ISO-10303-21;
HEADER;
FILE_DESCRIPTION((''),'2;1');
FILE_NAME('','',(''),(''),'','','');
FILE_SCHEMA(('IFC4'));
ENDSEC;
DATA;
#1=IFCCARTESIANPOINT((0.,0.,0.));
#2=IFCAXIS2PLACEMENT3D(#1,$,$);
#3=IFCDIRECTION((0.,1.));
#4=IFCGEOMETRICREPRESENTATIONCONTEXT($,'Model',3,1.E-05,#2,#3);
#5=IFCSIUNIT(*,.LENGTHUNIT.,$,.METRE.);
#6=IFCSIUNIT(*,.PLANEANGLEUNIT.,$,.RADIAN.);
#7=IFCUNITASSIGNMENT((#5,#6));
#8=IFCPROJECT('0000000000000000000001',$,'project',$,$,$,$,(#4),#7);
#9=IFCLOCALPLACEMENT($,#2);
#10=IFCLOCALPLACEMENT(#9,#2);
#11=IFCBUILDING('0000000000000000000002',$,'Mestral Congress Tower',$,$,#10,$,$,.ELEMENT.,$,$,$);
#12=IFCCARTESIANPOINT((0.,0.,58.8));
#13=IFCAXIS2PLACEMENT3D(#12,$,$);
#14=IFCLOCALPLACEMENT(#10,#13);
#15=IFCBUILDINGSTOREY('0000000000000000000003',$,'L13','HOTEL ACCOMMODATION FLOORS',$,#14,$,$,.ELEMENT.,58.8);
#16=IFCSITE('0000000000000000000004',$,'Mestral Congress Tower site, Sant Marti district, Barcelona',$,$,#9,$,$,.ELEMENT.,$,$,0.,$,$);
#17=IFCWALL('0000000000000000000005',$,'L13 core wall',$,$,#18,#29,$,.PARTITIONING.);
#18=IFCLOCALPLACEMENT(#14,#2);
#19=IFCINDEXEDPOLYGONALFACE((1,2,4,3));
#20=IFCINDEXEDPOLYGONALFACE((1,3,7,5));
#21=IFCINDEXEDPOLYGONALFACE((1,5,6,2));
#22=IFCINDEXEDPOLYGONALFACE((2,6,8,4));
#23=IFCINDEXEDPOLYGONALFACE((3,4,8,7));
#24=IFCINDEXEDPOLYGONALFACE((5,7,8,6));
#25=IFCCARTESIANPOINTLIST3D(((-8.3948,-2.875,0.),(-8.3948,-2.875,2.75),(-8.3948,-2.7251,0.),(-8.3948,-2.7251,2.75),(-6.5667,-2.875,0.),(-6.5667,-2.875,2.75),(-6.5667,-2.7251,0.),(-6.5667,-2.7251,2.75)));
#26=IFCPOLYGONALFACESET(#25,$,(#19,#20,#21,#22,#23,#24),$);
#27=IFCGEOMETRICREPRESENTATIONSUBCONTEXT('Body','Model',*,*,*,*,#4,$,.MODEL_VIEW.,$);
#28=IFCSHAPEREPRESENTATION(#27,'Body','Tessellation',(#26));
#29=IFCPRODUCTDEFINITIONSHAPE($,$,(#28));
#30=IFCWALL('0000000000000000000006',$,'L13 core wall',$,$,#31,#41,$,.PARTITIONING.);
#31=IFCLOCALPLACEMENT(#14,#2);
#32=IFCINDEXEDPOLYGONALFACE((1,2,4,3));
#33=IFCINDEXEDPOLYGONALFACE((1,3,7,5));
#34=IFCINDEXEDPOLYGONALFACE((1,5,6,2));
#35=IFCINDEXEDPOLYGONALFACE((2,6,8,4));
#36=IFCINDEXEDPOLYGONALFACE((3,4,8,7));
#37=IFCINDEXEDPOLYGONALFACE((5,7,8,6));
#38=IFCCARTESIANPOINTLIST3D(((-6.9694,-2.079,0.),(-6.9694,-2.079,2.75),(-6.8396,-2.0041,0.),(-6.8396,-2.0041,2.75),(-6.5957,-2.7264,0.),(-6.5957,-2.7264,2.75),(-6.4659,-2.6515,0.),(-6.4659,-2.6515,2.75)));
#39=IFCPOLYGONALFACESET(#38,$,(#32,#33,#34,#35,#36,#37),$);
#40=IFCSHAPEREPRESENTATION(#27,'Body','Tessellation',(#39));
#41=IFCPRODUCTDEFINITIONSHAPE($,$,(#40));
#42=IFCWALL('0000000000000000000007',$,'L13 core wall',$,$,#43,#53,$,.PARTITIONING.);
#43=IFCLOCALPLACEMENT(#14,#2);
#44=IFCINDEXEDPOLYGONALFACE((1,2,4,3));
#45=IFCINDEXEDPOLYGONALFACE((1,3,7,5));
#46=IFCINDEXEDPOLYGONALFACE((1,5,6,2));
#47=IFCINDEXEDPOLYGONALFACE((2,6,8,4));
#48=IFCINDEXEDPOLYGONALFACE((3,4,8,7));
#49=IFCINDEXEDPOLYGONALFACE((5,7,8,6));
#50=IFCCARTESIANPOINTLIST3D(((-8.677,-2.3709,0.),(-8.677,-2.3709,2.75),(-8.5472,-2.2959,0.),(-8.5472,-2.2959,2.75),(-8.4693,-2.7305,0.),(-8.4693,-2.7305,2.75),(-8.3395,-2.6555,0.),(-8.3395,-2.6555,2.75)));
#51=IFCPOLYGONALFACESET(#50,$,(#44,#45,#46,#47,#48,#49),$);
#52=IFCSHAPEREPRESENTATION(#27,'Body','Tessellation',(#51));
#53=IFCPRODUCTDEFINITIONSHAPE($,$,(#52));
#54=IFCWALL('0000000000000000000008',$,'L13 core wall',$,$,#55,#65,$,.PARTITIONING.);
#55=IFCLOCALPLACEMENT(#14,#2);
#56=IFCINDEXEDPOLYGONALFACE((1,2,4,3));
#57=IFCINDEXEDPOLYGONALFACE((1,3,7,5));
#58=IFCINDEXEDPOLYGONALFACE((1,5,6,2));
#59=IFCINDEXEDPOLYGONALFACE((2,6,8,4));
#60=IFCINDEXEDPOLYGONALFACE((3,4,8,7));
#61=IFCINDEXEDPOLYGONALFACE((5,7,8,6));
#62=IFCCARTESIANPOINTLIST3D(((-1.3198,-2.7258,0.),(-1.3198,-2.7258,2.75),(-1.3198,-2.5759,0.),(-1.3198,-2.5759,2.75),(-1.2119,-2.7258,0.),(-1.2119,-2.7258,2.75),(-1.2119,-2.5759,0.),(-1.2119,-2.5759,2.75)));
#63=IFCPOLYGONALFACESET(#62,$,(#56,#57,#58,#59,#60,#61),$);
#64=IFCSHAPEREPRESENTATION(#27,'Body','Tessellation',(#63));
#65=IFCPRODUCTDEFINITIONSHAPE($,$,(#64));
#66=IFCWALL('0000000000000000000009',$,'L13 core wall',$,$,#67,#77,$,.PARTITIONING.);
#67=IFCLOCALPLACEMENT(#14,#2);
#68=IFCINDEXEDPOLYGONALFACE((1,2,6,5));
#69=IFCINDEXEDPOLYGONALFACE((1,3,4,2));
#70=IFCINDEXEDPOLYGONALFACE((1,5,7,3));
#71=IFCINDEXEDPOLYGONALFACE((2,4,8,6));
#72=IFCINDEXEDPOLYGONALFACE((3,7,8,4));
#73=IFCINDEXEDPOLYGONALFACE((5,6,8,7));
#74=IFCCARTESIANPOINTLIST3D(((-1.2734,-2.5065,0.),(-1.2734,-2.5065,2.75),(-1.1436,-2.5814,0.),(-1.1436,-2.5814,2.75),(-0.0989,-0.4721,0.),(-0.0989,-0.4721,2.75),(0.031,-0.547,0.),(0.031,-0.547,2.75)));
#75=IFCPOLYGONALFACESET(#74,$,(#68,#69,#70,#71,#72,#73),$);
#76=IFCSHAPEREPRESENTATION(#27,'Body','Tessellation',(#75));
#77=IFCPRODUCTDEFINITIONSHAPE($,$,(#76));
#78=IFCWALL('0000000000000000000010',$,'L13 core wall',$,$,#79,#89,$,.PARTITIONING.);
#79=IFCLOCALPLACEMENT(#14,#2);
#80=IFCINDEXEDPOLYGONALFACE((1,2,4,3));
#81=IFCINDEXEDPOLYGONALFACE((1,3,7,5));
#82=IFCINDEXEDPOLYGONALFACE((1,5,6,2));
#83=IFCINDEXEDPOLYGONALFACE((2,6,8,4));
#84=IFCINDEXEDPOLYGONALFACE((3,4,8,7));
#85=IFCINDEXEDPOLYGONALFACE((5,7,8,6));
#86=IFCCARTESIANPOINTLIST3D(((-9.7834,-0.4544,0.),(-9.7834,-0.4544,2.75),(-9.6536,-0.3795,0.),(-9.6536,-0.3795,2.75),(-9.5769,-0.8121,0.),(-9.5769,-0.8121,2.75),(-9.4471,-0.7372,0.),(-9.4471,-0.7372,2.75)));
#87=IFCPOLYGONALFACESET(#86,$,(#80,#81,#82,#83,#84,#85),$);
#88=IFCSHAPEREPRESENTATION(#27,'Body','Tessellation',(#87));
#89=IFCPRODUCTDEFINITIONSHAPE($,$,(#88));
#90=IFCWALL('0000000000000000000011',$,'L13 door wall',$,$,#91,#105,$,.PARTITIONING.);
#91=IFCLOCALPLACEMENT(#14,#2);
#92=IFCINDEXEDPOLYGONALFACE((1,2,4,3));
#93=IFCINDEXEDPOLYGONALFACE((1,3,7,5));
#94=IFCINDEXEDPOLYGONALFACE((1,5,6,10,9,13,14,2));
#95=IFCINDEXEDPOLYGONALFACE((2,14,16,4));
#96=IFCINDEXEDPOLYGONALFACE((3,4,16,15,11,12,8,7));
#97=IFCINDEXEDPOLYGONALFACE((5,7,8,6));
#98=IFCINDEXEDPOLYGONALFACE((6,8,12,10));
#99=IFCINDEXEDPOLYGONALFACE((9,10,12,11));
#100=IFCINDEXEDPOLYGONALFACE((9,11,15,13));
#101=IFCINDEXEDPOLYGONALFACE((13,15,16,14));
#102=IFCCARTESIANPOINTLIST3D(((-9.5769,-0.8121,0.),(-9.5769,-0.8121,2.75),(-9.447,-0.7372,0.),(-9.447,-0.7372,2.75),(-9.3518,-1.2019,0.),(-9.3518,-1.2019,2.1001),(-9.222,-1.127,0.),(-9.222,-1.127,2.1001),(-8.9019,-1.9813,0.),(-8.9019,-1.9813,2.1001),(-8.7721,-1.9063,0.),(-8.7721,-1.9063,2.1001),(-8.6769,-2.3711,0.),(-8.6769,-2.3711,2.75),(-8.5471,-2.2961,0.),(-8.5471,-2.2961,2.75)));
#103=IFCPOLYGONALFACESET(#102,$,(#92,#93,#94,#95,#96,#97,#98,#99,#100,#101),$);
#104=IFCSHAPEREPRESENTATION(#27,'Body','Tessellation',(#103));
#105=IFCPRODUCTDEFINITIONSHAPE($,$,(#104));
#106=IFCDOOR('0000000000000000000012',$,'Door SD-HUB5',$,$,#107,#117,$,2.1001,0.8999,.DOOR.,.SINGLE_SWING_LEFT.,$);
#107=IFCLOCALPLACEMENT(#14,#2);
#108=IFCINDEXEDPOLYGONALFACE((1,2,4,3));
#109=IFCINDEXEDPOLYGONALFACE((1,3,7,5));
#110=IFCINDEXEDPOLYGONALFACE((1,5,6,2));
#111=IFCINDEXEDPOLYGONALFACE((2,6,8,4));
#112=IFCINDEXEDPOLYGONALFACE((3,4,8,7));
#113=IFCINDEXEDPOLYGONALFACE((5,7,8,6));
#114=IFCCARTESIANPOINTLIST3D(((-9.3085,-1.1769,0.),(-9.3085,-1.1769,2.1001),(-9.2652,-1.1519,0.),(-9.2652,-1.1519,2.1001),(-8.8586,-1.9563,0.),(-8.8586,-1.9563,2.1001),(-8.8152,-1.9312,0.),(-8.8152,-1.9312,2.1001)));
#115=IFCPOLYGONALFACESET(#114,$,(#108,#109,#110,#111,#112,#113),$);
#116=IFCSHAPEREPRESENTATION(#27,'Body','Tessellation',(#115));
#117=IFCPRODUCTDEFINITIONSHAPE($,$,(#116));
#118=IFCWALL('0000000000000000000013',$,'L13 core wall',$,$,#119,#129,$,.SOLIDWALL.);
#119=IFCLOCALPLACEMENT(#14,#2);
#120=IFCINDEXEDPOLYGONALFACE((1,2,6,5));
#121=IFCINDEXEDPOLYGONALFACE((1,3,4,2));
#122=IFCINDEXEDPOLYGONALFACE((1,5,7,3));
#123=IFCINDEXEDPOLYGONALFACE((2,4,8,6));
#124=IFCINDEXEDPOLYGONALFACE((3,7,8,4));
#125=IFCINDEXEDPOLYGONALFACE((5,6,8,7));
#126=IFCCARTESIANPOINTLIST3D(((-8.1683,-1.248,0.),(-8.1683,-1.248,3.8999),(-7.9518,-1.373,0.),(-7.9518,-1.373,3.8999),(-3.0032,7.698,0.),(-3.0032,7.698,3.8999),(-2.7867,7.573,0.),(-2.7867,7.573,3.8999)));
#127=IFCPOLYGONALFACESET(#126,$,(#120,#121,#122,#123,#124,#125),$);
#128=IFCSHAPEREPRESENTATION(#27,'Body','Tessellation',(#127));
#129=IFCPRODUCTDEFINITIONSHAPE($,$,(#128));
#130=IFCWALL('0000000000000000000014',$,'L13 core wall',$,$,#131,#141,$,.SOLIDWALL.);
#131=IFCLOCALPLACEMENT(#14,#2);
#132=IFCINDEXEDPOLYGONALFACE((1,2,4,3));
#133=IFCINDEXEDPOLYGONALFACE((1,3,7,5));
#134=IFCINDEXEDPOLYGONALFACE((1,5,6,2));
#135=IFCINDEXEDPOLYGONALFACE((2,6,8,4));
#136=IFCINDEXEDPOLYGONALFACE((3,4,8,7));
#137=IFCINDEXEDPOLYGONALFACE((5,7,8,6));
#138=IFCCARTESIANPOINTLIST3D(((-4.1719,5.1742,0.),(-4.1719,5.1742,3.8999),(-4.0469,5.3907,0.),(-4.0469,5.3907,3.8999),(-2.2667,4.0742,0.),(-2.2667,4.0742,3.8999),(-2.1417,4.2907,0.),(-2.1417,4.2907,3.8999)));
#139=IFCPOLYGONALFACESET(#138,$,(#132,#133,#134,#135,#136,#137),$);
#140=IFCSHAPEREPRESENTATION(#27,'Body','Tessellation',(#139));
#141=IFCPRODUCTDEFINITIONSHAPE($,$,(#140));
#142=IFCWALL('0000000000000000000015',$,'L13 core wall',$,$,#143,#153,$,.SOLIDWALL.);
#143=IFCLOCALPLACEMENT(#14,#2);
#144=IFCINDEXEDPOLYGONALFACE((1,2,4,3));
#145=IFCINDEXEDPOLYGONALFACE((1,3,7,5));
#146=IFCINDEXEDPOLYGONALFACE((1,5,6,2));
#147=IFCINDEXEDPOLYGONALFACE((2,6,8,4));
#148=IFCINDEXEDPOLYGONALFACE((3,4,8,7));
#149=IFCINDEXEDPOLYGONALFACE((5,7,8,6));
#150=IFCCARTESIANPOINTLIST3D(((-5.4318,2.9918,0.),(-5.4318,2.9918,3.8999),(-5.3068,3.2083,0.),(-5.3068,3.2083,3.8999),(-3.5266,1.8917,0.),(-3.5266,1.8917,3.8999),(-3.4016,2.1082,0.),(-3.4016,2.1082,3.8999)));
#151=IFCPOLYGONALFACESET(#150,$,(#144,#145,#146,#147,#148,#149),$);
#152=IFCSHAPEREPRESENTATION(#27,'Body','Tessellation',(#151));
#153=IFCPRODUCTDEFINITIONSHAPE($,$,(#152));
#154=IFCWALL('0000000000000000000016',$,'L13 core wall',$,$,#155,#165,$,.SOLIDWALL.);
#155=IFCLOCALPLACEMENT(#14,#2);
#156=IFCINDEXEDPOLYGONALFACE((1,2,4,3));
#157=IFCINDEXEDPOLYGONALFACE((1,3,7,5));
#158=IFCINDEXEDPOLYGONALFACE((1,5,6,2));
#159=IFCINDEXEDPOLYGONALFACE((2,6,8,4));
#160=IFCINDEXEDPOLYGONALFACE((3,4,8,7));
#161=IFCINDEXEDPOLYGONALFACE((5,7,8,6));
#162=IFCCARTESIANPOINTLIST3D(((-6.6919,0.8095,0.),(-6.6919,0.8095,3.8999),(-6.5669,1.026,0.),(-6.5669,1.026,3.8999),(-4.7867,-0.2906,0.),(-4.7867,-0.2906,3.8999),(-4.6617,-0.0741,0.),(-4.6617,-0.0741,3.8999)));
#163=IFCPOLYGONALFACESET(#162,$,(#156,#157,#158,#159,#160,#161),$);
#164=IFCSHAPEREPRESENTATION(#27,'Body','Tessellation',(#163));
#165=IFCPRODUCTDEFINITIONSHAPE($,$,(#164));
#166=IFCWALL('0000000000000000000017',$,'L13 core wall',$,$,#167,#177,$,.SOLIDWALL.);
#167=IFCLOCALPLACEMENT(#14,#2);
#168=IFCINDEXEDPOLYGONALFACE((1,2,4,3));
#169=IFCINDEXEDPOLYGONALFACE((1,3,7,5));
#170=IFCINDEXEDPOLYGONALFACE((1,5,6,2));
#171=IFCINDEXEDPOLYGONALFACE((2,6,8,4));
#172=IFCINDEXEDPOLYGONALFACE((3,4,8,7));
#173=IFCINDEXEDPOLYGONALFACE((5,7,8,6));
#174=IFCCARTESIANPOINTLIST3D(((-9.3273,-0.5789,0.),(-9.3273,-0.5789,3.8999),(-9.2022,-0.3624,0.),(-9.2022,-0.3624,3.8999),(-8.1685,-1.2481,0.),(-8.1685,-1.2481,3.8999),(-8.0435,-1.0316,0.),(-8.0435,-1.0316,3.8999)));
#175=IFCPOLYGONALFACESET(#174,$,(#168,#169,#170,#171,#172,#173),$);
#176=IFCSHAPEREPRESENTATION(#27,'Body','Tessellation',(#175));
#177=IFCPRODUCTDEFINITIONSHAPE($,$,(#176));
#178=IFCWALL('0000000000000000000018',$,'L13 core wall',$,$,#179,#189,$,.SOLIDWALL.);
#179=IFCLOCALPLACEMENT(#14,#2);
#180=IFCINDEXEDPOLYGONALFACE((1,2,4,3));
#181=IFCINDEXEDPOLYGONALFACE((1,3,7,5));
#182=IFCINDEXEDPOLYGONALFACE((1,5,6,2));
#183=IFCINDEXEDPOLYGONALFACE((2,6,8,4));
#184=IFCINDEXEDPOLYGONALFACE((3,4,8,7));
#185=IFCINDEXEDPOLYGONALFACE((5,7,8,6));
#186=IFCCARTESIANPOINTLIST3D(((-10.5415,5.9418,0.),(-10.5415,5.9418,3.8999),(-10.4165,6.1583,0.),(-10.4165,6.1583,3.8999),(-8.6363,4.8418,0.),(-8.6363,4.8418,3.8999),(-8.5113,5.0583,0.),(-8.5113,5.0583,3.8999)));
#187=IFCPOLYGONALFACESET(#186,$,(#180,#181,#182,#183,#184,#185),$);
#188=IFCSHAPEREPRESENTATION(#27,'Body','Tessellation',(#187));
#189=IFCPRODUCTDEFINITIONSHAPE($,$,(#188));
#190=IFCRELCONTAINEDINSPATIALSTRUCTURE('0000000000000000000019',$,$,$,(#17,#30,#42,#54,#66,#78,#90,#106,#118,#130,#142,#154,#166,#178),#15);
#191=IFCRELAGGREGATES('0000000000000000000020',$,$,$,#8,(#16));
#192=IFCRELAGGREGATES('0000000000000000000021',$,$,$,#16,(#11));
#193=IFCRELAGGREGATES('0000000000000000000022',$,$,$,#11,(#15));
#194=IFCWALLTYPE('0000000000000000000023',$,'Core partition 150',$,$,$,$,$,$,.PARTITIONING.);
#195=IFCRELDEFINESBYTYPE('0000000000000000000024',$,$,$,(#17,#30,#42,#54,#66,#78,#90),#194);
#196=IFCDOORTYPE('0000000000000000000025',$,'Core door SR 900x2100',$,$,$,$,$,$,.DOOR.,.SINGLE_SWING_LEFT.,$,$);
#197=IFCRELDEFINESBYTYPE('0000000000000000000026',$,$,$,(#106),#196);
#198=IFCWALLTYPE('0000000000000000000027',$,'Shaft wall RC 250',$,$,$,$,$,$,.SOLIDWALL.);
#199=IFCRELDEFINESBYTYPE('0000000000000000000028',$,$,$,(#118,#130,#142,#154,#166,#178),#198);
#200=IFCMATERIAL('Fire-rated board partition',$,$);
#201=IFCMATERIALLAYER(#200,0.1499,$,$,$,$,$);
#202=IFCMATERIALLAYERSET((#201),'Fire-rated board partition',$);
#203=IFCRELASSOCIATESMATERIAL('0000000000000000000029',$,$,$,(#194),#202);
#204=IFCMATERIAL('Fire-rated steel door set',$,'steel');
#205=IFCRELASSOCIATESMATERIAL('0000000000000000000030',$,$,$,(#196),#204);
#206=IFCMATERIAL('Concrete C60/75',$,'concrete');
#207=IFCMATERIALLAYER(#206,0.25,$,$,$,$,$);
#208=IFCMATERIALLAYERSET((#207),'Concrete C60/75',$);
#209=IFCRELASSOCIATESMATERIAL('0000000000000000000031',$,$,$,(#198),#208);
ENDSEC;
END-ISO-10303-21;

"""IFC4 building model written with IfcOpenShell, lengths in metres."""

from ifc_helpers import new_model, si_unit, direction, frame, frame_2d, origin, place, context, subcontext, project, spatial, rectangle, extrude, material, layer, layer_set, type_object, element, fill, save


model = new_model("IFC4")

# Units and contexts
model_context = context("Model", 3, precision=1e-05, world=origin(), true_north=direction((0.0, 1.0)))
body_context = subcontext(model_context, "Body", "Model", "MODEL_VIEW")
ifc_project = project(units=[si_unit("LENGTHUNIT", "METRE"), si_unit("PLANEANGLEUNIT", "RADIAN")], contexts=[model_context])

# Site, building, storey
site_placement = place(None, origin())
site = spatial("IfcSite", under=ifc_project, at=site_placement, Name="Mestral Congress Tower site, Sant Marti district, Barcelona", CompositionType="ELEMENT", RefElevation=0.0)
building_placement = place(site_placement, origin())
building = spatial("IfcBuilding", under=site, at=building_placement, Name="Mestral Congress Tower", CompositionType="ELEMENT")
storey_placement = place(building_placement, frame((0.0, 0.0, 58.8)))
storey = spatial("IfcBuildingStorey", under=building, at=storey_placement, Name="L13", Description="HOTEL ACCOMMODATION FLOORS", CompositionType="ELEMENT", Elevation=58.8)

# Walls
ifc_material_1 = material(Name="Fire-rated board partition")
ifc_layer_1 = layer(ifc_material_1, 0.1499)
ifc_layer_set_1 = layer_set([ifc_layer_1], Name="Fire-rated board partition")
wall_type_1 = type_object("IfcWallType", Name="Core partition 150", PredefinedType="PARTITIONING", material=ifc_layer_set_1)
wall_1_placement = place(storey_placement, frame((-8.3948, -2.8, 0.0), z_axis=(0.0, 0.0, 1.0), x_axis=(1.0, 0.0, 0.0)))
element("IfcWall", 1, at=wall_1_placement, inside=storey, type_object=wall_type_1, Name="L13 core wall", PredefinedType="PARTITIONING", context=body_context, shape_type="SweptSolid", body=[
    extrude(rectangle(XDim=1.8281, YDim=0.1499, at=frame_2d((0.9141, 0.0))), origin(), (0.0, 0.0, 1.0), 2.75),
])
wall_2_placement = place(storey_placement, frame((-6.5308, -2.689, 0.0), z_axis=(0.0, 0.0, 1.0), x_axis=(-0.499967, 0.866044, 0.0)))
element("IfcWall", 2, at=wall_2_placement, inside=storey, type_object=wall_type_1, Name="L13 core wall", PredefinedType="PARTITIONING", context=body_context, shape_type="SweptSolid", body=[
    extrude(rectangle(XDim=0.7476, YDim=0.1499, at=frame_2d((0.3738, 0.0))), origin(), (0.0, 0.0, 1.0), 2.75),
])
wall_3_placement = place(storey_placement, frame((-8.6121, -2.3335, 0.0), z_axis=(0.0, 0.0, 1.0), x_axis=(0.500248, -0.865882, 0.0)))
element("IfcWall", 3, at=wall_3_placement, inside=storey, type_object=wall_type_1, Name="L13 core wall", PredefinedType="PARTITIONING", context=body_context, shape_type="SweptSolid", body=[
    extrude(rectangle(XDim=0.4153, YDim=0.1499, at=frame_2d((0.2075, 0.0))), origin(), (0.0, 0.0, 1.0), 2.75),
])
wall_4_placement = place(storey_placement, frame((-1.2119, -2.6509, 0.0), z_axis=(0.0, 0.0, 1.0), x_axis=(-1.0, 0.0, 0.0)))
element("IfcWall", 4, at=wall_4_placement, inside=storey, type_object=wall_type_1, Name="L13 core wall", PredefinedType="PARTITIONING", context=body_context, shape_type="SweptSolid", body=[
    extrude(rectangle(XDim=0.1079, YDim=0.1499, at=frame_2d((0.054, 0.0))), origin(), (0.0, 0.0, 1.0), 2.75),
])
wall_5_placement = place(storey_placement, frame((-1.2085, -2.5439, 0.0), z_axis=(0.0, 0.0, 1.0), x_axis=(0.499995, 0.866028, 0.0)))
element("IfcWall", 5, at=wall_5_placement, inside=storey, type_object=wall_type_1, Name="L13 core wall", PredefinedType="PARTITIONING", context=body_context, shape_type="SweptSolid", body=[
    extrude(rectangle(XDim=2.3491, YDim=0.1499, at=frame_2d((1.1746, 0.0))), origin(), (0.0, 0.0, 1.0), 2.75),
])
wall_6_placement = place(storey_placement, frame((-9.512, -0.7747, 0.0), z_axis=(0.0, 0.0, 1.0), x_axis=(-0.500081, 0.865979, 0.0)))
element("IfcWall", 6, at=wall_6_placement, inside=storey, type_object=wall_type_1, Name="L13 core wall", PredefinedType="PARTITIONING", context=body_context, shape_type="SweptSolid", body=[
    extrude(rectangle(XDim=0.4131, YDim=0.1499, at=frame_2d((0.2065, 0.0))), origin(), (0.0, 0.0, 1.0), 2.75),
])

# Wall, opening, door
wall_7_placement = place(storey_placement, frame((-8.6121, -2.3335, 0.0), z_axis=(0.0, 0.0, 1.0), x_axis=(-0.499961, 0.866048, 0.0)))
wall_7 = element("IfcWall", 7, at=wall_7_placement, inside=storey, type_object=wall_type_1, Name="L13 door wall", PredefinedType="PARTITIONING", context=body_context, shape_type="SweptSolid", body=[
    extrude(rectangle(XDim=1.8, YDim=0.1499, at=frame_2d((0.8999, 0.0))), origin(), (0.0, 0.0, 1.0), 2.75),
])
opening_placement = place(wall_7_placement, frame((0.45, 0.0, 0.0)))
opening = element("IfcOpeningElement", 8, at=opening_placement, cuts=wall_7, PredefinedType="OPENING", context=body_context, shape_type="SweptSolid", body=[
    extrude(rectangle(XDim=0.8999, YDim=2.1001, at=frame_2d((0.45, 1.05))), frame((0.0, 0.085, 0.0), z_axis=(0.0, -1.0, 0.0), x_axis=(1.0, 0.0, 0.0)), (0.0, 0.0, 1.0), 0.1699),
])
ifc_material_2 = material(Name="Fire-rated steel door set", Category="steel")
door_type = type_object("IfcDoorType", Name="Core door SR 900x2100", OperationType="SINGLE_SWING_LEFT", PredefinedType="DOOR", material=ifc_material_2)
door_placement = place(opening_placement, origin())
door = element("IfcDoor", 9, at=door_placement, inside=storey, type_object=door_type, Name="Door SD-HUB5", OperationType="SINGLE_SWING_LEFT", OverallHeight=2.1001, OverallWidth=0.8999, PredefinedType="DOOR", context=body_context, shape_type="SweptSolid", body=[
    extrude(rectangle(XDim=0.8999, YDim=2.1001, at=frame_2d((0.45, 1.05))), frame((0.0, 0.0249, 0.0), z_axis=(0.0, -1.0, 0.0), x_axis=(1.0, 0.0, 0.0)), (0.0, 0.0, 1.0), 0.05),
])
fill(opening, door)

# Walls
ifc_material_3 = material(Name="Concrete C60/75", Category="concrete")
ifc_layer_2 = layer(ifc_material_3, 0.25)
ifc_layer_set_2 = layer_set([ifc_layer_2], Name="Concrete C60/75")
wall_type_2 = type_object("IfcWallType", Name="Shaft wall RC 250", PredefinedType="SOLIDWALL", material=ifc_layer_set_2)
wall_8_placement = place(storey_placement, frame((-8.0601, -1.3105, 0.0), z_axis=(0.0, 0.0, 1.0), x_axis=(0.500003, 0.866024, 0.0)))
element("IfcWall", 10, at=wall_8_placement, inside=storey, type_object=wall_type_2, Name="L13 core wall", PredefinedType="SOLIDWALL", context=body_context, shape_type="SweptSolid", body=[
    extrude(rectangle(XDim=10.3301, YDim=0.25, at=frame_2d((5.165, 0.0))), origin(), (0.0, 0.0, 1.0), 3.8999),
])
for number, where, z_axis, x_axis, name in (
    (11, (-2.2041, 4.1824, 0.0), (0.0, 0.0, 1.0), (-0.866008, 0.50003, 0.0), "L13 core wall"),
    (12, (-5.3694, 3.1001, 0.0), (0.0, 0.0, 1.0), (0.866008, -0.50003, 0.0), "L13 core wall"),
    (13, (-4.7241, -0.1824, 0.0), (0.0, 0.0, 1.0), (-0.866008, 0.50003, 0.0), "L13 core wall"),
):
    element("IfcWall", number, at=place(storey_placement, frame(where, z_axis=z_axis, x_axis=x_axis)), inside=storey, type_object=wall_type_2, Name=name, PredefinedType="SOLIDWALL", context=body_context, shape_type="SweptSolid", body=[
        extrude(rectangle(XDim=2.2, YDim=0.25, at=frame_2d((1.1001, 0.0))), origin(), (0.0, 0.0, 1.0), 3.8999),
    ])
wall_9_placement = place(storey_placement, frame((-9.2646, -0.4707, 0.0), z_axis=(0.0, 0.0, 1.0), x_axis=(0.865955, -0.500123, 0.0)))
element("IfcWall", 14, at=wall_9_placement, inside=storey, type_object=wall_type_2, Name="L13 core wall", PredefinedType="SOLIDWALL", context=body_context, shape_type="SweptSolid", body=[
    extrude(rectangle(XDim=1.3381, YDim=0.25, at=frame_2d((0.6689, 0.0))), origin(), (0.0, 0.0, 1.0), 3.8999),
])
wall_10_placement = place(storey_placement, frame((-8.5737, 4.95, 0.0), z_axis=(0.0, 0.0, 1.0), x_axis=(-0.866008, 0.50003, 0.0)))
element("IfcWall", 15, at=wall_10_placement, inside=storey, type_object=wall_type_2, Name="L13 core wall", PredefinedType="SOLIDWALL", context=body_context, shape_type="SweptSolid", body=[
    extrude(rectangle(XDim=2.2, YDim=0.25, at=frame_2d((1.1001, 0.0))), origin(), (0.0, 0.0, 1.0), 3.8999),
])

save(model, "model.ifc")
